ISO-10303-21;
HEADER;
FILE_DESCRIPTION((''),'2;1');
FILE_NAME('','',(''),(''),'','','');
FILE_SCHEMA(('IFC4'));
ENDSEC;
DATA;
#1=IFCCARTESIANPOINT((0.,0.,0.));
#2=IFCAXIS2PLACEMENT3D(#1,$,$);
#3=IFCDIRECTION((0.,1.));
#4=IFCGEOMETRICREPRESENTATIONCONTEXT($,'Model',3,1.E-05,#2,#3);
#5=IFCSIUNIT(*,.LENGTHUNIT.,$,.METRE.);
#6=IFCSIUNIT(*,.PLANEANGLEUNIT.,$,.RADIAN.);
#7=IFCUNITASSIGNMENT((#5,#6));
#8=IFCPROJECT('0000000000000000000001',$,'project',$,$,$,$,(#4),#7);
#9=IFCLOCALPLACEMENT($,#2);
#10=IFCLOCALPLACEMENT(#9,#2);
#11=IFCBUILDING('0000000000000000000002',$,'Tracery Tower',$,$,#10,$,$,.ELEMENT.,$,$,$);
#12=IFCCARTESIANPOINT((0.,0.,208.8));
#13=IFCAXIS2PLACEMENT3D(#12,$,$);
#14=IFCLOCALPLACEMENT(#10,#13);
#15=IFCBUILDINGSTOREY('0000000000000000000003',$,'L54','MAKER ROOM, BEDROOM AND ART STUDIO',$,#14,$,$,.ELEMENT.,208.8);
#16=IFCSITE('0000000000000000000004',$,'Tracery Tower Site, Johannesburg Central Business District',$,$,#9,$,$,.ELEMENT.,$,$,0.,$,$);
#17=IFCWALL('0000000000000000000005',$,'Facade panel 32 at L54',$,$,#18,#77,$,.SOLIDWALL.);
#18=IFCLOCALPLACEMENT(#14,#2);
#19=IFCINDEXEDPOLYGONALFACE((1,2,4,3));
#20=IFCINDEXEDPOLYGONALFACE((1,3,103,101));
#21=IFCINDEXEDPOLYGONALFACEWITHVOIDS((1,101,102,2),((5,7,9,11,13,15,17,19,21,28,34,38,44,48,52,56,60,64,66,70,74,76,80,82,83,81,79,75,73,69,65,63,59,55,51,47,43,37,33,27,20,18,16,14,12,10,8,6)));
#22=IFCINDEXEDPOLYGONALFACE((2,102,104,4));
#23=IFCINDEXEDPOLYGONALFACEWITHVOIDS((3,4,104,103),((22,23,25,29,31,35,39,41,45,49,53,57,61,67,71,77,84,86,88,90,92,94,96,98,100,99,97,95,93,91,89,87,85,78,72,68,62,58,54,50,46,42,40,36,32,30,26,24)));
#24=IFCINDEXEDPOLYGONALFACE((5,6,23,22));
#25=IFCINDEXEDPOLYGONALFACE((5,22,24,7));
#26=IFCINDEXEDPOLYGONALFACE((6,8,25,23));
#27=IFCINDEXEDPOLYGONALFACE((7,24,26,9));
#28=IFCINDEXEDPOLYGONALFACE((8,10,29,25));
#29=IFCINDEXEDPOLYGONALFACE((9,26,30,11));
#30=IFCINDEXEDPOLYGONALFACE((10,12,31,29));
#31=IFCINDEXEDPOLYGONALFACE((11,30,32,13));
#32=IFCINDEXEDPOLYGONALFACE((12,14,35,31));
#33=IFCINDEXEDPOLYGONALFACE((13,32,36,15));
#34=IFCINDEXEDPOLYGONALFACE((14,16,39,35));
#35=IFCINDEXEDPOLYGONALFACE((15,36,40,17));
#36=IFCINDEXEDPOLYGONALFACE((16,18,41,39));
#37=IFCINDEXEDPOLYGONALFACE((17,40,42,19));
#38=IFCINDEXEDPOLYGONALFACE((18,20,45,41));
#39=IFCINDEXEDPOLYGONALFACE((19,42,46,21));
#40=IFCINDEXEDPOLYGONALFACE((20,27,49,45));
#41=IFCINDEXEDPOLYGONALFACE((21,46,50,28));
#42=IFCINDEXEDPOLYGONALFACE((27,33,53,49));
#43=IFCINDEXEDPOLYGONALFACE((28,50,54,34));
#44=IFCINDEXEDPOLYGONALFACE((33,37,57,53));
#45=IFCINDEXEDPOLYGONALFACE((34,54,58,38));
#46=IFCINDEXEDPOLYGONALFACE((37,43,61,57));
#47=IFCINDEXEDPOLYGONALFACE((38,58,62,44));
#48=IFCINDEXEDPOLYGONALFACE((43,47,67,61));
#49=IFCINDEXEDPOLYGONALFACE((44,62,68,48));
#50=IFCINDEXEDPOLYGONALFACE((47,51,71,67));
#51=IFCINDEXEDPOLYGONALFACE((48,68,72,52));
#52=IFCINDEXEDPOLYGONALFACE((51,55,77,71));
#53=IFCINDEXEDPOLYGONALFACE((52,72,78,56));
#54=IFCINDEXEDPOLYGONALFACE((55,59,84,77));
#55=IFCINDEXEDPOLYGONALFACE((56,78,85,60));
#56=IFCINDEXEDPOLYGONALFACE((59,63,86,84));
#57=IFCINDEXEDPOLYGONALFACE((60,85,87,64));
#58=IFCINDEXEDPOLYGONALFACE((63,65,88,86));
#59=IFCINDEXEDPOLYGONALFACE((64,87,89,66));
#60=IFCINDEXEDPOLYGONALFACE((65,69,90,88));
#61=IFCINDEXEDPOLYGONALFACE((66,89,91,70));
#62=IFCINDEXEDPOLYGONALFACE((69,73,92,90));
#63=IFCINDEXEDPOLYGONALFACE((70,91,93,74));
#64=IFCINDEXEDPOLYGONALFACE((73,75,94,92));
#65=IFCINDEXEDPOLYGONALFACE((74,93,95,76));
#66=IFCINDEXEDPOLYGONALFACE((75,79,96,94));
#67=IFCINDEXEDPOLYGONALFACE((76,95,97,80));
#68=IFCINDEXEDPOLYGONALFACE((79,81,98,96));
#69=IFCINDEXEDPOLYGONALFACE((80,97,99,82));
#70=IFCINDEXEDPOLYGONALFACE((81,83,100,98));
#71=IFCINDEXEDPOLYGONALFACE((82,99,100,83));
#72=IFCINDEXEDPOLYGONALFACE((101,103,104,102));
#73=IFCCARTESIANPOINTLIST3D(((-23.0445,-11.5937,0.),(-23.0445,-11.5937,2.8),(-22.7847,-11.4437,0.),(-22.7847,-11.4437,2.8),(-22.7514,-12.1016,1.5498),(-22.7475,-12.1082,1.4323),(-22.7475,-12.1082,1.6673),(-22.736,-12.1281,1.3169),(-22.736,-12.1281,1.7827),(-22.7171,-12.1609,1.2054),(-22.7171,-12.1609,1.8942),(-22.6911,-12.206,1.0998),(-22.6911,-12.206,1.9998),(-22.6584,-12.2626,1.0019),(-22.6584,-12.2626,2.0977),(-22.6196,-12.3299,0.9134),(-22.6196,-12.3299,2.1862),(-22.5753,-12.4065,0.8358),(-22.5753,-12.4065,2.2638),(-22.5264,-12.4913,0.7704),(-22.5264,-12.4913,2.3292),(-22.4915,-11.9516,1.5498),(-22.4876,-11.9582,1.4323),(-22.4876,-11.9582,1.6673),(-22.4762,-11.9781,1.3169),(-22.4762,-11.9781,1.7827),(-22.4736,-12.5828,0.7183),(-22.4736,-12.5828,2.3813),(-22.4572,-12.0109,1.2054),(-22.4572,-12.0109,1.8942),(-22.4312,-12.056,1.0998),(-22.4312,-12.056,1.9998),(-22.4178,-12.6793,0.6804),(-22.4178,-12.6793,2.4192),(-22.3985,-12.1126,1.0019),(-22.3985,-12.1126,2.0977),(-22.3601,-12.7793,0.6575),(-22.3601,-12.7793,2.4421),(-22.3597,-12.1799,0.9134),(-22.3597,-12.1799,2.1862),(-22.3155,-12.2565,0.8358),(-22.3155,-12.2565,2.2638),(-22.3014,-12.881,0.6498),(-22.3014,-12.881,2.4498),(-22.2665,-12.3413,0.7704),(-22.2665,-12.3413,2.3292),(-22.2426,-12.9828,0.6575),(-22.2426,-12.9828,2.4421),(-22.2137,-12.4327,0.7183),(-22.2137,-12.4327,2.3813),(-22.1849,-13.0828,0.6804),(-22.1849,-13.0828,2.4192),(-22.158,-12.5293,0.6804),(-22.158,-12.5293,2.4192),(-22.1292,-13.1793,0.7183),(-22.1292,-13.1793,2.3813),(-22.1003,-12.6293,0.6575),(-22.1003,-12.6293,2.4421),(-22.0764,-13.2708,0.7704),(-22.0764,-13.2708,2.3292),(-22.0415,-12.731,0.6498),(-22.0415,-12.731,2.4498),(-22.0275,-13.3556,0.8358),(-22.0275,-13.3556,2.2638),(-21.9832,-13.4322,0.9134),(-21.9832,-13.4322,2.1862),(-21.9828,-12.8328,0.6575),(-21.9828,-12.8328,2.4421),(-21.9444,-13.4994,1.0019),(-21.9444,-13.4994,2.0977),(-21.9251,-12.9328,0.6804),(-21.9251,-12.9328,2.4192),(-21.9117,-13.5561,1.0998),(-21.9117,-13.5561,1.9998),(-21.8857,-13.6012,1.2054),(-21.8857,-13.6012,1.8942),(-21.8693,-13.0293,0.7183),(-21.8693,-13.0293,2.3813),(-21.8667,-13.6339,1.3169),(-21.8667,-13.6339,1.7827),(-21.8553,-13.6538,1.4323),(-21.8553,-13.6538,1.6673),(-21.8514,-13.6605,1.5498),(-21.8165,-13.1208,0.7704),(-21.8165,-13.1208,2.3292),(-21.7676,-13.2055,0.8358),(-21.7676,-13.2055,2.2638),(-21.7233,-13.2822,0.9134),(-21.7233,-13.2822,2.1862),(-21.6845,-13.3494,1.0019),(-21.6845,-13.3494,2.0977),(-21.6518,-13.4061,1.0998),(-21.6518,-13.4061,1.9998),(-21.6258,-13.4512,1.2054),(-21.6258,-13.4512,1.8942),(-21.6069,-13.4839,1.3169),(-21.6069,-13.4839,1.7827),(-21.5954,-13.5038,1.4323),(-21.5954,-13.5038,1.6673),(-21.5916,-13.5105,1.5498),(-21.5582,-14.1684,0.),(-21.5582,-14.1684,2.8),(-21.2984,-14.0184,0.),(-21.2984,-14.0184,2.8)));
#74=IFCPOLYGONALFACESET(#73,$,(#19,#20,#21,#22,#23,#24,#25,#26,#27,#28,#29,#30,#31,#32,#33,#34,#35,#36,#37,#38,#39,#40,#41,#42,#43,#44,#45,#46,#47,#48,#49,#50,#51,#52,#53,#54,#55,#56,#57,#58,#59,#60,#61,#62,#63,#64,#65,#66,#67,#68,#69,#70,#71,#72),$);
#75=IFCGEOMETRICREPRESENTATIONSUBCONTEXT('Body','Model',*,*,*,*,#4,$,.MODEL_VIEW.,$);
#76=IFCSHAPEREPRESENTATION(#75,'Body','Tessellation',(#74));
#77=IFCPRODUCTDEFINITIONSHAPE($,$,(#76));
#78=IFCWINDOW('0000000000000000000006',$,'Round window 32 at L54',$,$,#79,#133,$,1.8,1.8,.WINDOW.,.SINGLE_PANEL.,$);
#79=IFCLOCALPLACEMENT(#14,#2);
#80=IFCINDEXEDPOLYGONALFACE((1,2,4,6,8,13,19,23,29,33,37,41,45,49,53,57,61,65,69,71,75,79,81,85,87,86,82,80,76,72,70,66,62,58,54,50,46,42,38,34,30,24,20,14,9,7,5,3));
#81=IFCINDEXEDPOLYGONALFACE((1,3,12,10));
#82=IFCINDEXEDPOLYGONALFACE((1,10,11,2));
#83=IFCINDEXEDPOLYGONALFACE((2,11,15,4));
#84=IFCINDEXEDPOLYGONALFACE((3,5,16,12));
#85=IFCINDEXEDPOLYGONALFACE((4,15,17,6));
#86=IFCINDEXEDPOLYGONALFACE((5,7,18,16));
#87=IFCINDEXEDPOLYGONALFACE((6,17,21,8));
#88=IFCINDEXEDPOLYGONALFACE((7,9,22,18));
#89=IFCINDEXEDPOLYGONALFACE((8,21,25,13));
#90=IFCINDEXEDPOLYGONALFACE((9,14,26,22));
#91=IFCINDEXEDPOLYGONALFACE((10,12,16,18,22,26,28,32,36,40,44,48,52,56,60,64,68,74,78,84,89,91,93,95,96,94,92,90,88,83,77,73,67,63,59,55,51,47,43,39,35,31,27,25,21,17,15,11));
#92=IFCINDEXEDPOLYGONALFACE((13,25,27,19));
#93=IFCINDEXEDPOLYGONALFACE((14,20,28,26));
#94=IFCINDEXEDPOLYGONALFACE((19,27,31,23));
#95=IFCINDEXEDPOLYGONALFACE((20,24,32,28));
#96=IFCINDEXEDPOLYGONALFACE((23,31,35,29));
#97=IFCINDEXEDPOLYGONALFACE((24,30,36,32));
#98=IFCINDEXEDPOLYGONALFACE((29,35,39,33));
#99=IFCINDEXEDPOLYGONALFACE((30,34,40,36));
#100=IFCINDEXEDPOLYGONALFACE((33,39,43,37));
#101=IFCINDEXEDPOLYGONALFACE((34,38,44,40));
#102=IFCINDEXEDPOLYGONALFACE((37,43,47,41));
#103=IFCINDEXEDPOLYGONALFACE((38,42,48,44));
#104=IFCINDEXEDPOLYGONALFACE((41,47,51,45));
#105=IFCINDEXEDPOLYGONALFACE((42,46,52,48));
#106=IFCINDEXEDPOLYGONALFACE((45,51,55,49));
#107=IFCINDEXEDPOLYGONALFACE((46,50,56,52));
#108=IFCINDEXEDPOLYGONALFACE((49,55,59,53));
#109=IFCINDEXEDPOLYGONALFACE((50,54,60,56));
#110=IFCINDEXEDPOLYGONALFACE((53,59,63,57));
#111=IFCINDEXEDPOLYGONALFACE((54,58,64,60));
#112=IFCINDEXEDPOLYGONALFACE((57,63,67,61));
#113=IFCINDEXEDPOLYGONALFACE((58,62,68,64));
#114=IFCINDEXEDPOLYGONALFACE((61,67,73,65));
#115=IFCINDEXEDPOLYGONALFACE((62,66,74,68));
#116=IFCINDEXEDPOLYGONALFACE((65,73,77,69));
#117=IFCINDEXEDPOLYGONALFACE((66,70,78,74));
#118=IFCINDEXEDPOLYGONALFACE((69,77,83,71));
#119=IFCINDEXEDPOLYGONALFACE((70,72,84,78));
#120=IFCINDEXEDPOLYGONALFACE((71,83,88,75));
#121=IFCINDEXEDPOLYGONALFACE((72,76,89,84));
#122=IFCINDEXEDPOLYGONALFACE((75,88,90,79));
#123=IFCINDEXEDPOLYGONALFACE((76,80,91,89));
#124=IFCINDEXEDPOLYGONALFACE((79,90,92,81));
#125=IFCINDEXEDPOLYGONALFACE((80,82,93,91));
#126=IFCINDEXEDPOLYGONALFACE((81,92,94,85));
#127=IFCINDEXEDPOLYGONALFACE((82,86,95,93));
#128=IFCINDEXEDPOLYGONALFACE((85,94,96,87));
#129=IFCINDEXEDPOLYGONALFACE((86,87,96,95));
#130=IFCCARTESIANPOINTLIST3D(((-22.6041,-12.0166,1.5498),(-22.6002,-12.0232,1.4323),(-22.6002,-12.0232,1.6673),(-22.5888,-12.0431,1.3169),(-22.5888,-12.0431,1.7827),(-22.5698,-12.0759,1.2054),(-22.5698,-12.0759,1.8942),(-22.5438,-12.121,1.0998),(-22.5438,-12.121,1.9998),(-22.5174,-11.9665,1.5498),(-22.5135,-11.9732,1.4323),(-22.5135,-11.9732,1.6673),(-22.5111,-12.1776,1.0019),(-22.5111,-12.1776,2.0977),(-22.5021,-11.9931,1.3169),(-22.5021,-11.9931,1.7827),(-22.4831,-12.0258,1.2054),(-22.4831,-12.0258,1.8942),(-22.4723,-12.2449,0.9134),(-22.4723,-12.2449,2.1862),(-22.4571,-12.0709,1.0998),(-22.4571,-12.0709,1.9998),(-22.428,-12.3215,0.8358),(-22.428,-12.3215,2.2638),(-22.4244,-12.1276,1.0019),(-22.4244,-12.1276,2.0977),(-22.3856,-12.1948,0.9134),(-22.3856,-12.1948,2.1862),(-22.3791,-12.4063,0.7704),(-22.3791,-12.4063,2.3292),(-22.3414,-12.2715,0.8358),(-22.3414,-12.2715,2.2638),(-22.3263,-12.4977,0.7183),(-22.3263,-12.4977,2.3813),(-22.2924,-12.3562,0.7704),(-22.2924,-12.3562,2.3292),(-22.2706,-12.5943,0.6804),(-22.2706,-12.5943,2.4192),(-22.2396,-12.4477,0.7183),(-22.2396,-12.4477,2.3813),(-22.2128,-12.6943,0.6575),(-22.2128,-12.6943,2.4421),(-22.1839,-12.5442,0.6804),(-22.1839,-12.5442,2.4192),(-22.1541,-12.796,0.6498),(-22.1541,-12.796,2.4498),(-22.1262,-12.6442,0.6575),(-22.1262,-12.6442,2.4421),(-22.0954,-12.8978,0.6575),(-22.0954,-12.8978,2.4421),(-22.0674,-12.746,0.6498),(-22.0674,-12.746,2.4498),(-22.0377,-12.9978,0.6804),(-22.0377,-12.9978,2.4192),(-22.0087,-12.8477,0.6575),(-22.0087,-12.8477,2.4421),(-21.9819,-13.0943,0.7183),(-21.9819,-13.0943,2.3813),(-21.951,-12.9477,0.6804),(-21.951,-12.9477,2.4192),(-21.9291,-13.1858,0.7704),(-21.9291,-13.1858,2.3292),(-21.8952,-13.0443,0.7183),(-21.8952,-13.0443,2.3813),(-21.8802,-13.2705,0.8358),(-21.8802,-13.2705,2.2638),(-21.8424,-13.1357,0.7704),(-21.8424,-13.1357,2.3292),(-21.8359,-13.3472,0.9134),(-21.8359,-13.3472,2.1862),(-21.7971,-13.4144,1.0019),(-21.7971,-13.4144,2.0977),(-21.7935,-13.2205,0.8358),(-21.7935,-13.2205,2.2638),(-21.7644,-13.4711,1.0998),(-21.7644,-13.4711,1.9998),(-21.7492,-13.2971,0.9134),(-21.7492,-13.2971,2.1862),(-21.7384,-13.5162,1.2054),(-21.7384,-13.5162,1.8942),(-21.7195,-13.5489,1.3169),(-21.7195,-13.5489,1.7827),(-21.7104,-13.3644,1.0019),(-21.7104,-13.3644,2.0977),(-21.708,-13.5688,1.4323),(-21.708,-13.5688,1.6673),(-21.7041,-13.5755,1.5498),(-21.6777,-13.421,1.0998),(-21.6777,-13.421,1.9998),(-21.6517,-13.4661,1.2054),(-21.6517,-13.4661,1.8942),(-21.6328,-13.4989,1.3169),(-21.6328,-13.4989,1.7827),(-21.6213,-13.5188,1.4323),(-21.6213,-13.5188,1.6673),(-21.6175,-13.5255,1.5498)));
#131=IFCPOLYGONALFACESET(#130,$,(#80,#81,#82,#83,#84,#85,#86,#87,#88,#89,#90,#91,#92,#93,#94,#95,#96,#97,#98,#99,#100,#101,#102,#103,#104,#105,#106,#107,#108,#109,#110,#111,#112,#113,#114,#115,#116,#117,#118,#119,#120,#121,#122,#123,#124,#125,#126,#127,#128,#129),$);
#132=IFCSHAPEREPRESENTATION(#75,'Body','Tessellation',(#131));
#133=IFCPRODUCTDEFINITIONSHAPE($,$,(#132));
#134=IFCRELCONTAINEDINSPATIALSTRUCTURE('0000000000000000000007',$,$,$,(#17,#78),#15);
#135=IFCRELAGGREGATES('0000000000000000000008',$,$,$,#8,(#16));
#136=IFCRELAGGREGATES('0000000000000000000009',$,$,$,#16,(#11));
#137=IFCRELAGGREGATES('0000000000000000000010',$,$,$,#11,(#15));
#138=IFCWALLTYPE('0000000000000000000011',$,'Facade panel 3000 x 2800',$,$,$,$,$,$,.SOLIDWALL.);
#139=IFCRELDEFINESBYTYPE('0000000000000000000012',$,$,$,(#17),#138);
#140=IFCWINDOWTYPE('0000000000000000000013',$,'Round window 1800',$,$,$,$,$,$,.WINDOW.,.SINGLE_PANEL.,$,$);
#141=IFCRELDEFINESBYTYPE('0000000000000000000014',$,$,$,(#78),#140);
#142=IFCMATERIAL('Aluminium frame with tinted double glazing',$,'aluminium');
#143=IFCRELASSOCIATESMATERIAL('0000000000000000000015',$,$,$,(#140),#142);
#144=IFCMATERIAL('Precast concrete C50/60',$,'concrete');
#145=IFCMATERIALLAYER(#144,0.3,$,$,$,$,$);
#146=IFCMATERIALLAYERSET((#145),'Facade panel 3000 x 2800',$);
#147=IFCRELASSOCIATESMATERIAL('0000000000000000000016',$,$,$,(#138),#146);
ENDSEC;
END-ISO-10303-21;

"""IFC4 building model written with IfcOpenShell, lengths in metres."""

from ifc_helpers import new_model, si_unit, direction, frame, frame_2d, origin, origin_2d, place, context, subcontext, project, spatial, rectangle, circle, extrude, material, layer, layer_set, type_object, element, fill, save


model = new_model("IFC4")

# Units and contexts
model_context = context("Model", 3, precision=1e-05, world=origin(), true_north=direction((0.0, 1.0)))
body_context = subcontext(model_context, "Body", "Model", "MODEL_VIEW")
ifc_project = project(units=[si_unit("LENGTHUNIT", "METRE"), si_unit("PLANEANGLEUNIT", "RADIAN")], contexts=[model_context])

# Site, building, storey
site_placement = place(None, origin())
site = spatial("IfcSite", under=ifc_project, at=site_placement, Name="Tracery Tower Site, Johannesburg Central Business District", CompositionType="ELEMENT", RefElevation=0.0)
building_placement = place(site_placement, origin())
building = spatial("IfcBuilding", under=site, at=building_placement, Name="Tracery Tower", CompositionType="ELEMENT")
storey_placement = place(building_placement, frame((0.0, 0.0, 208.8)))
storey = spatial("IfcBuildingStorey", under=building, at=storey_placement, Name="L54", Description="MAKER ROOM, BEDROOM AND ART STUDIO", CompositionType="ELEMENT", Elevation=208.8)

# Wall, opening, window
ifc_material_1 = material(Name="Aluminium frame with tinted double glazing", Category="aluminium")
window_type = type_object("IfcWindowType", Name="Round window 1800", PartitioningType="SINGLE_PANEL", PredefinedType="WINDOW", material=ifc_material_1)
ifc_material_2 = material(Name="Precast concrete C50/60", Category="concrete")
ifc_layer_1 = layer(ifc_material_2, 0.3)
ifc_layer_set_1 = layer_set([ifc_layer_1], Name="Facade panel 3000 x 2800")
wall_type_1 = type_object("IfcWallType", Name="Facade panel 3000 x 2800", PredefinedType="SOLIDWALL", material=ifc_layer_set_1)
wall_1_placement = place(storey_placement, frame((-22.9146, -11.5188, 0.0), z_axis=(0.0, 0.0, 1.0), x_axis=(0.499955, -0.866052, 0.0)))
wall_1 = element("IfcWall", 1, at=wall_1_placement, inside=storey, type_object=wall_type_1, Name="Facade panel 32 at L54", PredefinedType="SOLIDWALL", context=body_context, shape_type="SweptSolid", body=[
    extrude(rectangle(XDim=2.9729, YDim=0.3, at=frame_2d((1.4863, 0.0))), origin(), (0.0, 0.0, 1.0), 2.8),
])
opening_1_placement = place(wall_1_placement, frame((1.4863, 0.0, 1.5498)))
opening_1 = element("IfcOpeningElement", 2, at=opening_1_placement, cuts=wall_1, PredefinedType="OPENING", context=body_context, shape_type="SweptSolid", body=[
    extrude(circle(Radius=0.9, at=origin_2d()), frame((0.0, 0.1599, 0.0), z_axis=(0.0, -1.0, 0.0), x_axis=(1.0, 0.0, 0.0)), (0.0, 0.0, 1.0), 0.3201),
])
window_1_placement = place(opening_1_placement, origin())
window_1 = element("IfcWindow", 3, at=window_1_placement, inside=storey, type_object=window_type, Name="Round window 32 at L54", OverallHeight=1.8, OverallWidth=1.8, PartitioningType="SINGLE_PANEL", PredefinedType="WINDOW", context=body_context, shape_type="SweptSolid", body=[
    extrude(circle(Radius=0.9, at=origin_2d()), frame((0.0, 0.1201, 0.0), z_axis=(0.0, -1.0, 0.0), x_axis=(1.0, 0.0, 0.0)), (0.0, 0.0, 1.0), 0.1001),
])
fill(opening_1, window_1)

save(model, "model.ifc")
